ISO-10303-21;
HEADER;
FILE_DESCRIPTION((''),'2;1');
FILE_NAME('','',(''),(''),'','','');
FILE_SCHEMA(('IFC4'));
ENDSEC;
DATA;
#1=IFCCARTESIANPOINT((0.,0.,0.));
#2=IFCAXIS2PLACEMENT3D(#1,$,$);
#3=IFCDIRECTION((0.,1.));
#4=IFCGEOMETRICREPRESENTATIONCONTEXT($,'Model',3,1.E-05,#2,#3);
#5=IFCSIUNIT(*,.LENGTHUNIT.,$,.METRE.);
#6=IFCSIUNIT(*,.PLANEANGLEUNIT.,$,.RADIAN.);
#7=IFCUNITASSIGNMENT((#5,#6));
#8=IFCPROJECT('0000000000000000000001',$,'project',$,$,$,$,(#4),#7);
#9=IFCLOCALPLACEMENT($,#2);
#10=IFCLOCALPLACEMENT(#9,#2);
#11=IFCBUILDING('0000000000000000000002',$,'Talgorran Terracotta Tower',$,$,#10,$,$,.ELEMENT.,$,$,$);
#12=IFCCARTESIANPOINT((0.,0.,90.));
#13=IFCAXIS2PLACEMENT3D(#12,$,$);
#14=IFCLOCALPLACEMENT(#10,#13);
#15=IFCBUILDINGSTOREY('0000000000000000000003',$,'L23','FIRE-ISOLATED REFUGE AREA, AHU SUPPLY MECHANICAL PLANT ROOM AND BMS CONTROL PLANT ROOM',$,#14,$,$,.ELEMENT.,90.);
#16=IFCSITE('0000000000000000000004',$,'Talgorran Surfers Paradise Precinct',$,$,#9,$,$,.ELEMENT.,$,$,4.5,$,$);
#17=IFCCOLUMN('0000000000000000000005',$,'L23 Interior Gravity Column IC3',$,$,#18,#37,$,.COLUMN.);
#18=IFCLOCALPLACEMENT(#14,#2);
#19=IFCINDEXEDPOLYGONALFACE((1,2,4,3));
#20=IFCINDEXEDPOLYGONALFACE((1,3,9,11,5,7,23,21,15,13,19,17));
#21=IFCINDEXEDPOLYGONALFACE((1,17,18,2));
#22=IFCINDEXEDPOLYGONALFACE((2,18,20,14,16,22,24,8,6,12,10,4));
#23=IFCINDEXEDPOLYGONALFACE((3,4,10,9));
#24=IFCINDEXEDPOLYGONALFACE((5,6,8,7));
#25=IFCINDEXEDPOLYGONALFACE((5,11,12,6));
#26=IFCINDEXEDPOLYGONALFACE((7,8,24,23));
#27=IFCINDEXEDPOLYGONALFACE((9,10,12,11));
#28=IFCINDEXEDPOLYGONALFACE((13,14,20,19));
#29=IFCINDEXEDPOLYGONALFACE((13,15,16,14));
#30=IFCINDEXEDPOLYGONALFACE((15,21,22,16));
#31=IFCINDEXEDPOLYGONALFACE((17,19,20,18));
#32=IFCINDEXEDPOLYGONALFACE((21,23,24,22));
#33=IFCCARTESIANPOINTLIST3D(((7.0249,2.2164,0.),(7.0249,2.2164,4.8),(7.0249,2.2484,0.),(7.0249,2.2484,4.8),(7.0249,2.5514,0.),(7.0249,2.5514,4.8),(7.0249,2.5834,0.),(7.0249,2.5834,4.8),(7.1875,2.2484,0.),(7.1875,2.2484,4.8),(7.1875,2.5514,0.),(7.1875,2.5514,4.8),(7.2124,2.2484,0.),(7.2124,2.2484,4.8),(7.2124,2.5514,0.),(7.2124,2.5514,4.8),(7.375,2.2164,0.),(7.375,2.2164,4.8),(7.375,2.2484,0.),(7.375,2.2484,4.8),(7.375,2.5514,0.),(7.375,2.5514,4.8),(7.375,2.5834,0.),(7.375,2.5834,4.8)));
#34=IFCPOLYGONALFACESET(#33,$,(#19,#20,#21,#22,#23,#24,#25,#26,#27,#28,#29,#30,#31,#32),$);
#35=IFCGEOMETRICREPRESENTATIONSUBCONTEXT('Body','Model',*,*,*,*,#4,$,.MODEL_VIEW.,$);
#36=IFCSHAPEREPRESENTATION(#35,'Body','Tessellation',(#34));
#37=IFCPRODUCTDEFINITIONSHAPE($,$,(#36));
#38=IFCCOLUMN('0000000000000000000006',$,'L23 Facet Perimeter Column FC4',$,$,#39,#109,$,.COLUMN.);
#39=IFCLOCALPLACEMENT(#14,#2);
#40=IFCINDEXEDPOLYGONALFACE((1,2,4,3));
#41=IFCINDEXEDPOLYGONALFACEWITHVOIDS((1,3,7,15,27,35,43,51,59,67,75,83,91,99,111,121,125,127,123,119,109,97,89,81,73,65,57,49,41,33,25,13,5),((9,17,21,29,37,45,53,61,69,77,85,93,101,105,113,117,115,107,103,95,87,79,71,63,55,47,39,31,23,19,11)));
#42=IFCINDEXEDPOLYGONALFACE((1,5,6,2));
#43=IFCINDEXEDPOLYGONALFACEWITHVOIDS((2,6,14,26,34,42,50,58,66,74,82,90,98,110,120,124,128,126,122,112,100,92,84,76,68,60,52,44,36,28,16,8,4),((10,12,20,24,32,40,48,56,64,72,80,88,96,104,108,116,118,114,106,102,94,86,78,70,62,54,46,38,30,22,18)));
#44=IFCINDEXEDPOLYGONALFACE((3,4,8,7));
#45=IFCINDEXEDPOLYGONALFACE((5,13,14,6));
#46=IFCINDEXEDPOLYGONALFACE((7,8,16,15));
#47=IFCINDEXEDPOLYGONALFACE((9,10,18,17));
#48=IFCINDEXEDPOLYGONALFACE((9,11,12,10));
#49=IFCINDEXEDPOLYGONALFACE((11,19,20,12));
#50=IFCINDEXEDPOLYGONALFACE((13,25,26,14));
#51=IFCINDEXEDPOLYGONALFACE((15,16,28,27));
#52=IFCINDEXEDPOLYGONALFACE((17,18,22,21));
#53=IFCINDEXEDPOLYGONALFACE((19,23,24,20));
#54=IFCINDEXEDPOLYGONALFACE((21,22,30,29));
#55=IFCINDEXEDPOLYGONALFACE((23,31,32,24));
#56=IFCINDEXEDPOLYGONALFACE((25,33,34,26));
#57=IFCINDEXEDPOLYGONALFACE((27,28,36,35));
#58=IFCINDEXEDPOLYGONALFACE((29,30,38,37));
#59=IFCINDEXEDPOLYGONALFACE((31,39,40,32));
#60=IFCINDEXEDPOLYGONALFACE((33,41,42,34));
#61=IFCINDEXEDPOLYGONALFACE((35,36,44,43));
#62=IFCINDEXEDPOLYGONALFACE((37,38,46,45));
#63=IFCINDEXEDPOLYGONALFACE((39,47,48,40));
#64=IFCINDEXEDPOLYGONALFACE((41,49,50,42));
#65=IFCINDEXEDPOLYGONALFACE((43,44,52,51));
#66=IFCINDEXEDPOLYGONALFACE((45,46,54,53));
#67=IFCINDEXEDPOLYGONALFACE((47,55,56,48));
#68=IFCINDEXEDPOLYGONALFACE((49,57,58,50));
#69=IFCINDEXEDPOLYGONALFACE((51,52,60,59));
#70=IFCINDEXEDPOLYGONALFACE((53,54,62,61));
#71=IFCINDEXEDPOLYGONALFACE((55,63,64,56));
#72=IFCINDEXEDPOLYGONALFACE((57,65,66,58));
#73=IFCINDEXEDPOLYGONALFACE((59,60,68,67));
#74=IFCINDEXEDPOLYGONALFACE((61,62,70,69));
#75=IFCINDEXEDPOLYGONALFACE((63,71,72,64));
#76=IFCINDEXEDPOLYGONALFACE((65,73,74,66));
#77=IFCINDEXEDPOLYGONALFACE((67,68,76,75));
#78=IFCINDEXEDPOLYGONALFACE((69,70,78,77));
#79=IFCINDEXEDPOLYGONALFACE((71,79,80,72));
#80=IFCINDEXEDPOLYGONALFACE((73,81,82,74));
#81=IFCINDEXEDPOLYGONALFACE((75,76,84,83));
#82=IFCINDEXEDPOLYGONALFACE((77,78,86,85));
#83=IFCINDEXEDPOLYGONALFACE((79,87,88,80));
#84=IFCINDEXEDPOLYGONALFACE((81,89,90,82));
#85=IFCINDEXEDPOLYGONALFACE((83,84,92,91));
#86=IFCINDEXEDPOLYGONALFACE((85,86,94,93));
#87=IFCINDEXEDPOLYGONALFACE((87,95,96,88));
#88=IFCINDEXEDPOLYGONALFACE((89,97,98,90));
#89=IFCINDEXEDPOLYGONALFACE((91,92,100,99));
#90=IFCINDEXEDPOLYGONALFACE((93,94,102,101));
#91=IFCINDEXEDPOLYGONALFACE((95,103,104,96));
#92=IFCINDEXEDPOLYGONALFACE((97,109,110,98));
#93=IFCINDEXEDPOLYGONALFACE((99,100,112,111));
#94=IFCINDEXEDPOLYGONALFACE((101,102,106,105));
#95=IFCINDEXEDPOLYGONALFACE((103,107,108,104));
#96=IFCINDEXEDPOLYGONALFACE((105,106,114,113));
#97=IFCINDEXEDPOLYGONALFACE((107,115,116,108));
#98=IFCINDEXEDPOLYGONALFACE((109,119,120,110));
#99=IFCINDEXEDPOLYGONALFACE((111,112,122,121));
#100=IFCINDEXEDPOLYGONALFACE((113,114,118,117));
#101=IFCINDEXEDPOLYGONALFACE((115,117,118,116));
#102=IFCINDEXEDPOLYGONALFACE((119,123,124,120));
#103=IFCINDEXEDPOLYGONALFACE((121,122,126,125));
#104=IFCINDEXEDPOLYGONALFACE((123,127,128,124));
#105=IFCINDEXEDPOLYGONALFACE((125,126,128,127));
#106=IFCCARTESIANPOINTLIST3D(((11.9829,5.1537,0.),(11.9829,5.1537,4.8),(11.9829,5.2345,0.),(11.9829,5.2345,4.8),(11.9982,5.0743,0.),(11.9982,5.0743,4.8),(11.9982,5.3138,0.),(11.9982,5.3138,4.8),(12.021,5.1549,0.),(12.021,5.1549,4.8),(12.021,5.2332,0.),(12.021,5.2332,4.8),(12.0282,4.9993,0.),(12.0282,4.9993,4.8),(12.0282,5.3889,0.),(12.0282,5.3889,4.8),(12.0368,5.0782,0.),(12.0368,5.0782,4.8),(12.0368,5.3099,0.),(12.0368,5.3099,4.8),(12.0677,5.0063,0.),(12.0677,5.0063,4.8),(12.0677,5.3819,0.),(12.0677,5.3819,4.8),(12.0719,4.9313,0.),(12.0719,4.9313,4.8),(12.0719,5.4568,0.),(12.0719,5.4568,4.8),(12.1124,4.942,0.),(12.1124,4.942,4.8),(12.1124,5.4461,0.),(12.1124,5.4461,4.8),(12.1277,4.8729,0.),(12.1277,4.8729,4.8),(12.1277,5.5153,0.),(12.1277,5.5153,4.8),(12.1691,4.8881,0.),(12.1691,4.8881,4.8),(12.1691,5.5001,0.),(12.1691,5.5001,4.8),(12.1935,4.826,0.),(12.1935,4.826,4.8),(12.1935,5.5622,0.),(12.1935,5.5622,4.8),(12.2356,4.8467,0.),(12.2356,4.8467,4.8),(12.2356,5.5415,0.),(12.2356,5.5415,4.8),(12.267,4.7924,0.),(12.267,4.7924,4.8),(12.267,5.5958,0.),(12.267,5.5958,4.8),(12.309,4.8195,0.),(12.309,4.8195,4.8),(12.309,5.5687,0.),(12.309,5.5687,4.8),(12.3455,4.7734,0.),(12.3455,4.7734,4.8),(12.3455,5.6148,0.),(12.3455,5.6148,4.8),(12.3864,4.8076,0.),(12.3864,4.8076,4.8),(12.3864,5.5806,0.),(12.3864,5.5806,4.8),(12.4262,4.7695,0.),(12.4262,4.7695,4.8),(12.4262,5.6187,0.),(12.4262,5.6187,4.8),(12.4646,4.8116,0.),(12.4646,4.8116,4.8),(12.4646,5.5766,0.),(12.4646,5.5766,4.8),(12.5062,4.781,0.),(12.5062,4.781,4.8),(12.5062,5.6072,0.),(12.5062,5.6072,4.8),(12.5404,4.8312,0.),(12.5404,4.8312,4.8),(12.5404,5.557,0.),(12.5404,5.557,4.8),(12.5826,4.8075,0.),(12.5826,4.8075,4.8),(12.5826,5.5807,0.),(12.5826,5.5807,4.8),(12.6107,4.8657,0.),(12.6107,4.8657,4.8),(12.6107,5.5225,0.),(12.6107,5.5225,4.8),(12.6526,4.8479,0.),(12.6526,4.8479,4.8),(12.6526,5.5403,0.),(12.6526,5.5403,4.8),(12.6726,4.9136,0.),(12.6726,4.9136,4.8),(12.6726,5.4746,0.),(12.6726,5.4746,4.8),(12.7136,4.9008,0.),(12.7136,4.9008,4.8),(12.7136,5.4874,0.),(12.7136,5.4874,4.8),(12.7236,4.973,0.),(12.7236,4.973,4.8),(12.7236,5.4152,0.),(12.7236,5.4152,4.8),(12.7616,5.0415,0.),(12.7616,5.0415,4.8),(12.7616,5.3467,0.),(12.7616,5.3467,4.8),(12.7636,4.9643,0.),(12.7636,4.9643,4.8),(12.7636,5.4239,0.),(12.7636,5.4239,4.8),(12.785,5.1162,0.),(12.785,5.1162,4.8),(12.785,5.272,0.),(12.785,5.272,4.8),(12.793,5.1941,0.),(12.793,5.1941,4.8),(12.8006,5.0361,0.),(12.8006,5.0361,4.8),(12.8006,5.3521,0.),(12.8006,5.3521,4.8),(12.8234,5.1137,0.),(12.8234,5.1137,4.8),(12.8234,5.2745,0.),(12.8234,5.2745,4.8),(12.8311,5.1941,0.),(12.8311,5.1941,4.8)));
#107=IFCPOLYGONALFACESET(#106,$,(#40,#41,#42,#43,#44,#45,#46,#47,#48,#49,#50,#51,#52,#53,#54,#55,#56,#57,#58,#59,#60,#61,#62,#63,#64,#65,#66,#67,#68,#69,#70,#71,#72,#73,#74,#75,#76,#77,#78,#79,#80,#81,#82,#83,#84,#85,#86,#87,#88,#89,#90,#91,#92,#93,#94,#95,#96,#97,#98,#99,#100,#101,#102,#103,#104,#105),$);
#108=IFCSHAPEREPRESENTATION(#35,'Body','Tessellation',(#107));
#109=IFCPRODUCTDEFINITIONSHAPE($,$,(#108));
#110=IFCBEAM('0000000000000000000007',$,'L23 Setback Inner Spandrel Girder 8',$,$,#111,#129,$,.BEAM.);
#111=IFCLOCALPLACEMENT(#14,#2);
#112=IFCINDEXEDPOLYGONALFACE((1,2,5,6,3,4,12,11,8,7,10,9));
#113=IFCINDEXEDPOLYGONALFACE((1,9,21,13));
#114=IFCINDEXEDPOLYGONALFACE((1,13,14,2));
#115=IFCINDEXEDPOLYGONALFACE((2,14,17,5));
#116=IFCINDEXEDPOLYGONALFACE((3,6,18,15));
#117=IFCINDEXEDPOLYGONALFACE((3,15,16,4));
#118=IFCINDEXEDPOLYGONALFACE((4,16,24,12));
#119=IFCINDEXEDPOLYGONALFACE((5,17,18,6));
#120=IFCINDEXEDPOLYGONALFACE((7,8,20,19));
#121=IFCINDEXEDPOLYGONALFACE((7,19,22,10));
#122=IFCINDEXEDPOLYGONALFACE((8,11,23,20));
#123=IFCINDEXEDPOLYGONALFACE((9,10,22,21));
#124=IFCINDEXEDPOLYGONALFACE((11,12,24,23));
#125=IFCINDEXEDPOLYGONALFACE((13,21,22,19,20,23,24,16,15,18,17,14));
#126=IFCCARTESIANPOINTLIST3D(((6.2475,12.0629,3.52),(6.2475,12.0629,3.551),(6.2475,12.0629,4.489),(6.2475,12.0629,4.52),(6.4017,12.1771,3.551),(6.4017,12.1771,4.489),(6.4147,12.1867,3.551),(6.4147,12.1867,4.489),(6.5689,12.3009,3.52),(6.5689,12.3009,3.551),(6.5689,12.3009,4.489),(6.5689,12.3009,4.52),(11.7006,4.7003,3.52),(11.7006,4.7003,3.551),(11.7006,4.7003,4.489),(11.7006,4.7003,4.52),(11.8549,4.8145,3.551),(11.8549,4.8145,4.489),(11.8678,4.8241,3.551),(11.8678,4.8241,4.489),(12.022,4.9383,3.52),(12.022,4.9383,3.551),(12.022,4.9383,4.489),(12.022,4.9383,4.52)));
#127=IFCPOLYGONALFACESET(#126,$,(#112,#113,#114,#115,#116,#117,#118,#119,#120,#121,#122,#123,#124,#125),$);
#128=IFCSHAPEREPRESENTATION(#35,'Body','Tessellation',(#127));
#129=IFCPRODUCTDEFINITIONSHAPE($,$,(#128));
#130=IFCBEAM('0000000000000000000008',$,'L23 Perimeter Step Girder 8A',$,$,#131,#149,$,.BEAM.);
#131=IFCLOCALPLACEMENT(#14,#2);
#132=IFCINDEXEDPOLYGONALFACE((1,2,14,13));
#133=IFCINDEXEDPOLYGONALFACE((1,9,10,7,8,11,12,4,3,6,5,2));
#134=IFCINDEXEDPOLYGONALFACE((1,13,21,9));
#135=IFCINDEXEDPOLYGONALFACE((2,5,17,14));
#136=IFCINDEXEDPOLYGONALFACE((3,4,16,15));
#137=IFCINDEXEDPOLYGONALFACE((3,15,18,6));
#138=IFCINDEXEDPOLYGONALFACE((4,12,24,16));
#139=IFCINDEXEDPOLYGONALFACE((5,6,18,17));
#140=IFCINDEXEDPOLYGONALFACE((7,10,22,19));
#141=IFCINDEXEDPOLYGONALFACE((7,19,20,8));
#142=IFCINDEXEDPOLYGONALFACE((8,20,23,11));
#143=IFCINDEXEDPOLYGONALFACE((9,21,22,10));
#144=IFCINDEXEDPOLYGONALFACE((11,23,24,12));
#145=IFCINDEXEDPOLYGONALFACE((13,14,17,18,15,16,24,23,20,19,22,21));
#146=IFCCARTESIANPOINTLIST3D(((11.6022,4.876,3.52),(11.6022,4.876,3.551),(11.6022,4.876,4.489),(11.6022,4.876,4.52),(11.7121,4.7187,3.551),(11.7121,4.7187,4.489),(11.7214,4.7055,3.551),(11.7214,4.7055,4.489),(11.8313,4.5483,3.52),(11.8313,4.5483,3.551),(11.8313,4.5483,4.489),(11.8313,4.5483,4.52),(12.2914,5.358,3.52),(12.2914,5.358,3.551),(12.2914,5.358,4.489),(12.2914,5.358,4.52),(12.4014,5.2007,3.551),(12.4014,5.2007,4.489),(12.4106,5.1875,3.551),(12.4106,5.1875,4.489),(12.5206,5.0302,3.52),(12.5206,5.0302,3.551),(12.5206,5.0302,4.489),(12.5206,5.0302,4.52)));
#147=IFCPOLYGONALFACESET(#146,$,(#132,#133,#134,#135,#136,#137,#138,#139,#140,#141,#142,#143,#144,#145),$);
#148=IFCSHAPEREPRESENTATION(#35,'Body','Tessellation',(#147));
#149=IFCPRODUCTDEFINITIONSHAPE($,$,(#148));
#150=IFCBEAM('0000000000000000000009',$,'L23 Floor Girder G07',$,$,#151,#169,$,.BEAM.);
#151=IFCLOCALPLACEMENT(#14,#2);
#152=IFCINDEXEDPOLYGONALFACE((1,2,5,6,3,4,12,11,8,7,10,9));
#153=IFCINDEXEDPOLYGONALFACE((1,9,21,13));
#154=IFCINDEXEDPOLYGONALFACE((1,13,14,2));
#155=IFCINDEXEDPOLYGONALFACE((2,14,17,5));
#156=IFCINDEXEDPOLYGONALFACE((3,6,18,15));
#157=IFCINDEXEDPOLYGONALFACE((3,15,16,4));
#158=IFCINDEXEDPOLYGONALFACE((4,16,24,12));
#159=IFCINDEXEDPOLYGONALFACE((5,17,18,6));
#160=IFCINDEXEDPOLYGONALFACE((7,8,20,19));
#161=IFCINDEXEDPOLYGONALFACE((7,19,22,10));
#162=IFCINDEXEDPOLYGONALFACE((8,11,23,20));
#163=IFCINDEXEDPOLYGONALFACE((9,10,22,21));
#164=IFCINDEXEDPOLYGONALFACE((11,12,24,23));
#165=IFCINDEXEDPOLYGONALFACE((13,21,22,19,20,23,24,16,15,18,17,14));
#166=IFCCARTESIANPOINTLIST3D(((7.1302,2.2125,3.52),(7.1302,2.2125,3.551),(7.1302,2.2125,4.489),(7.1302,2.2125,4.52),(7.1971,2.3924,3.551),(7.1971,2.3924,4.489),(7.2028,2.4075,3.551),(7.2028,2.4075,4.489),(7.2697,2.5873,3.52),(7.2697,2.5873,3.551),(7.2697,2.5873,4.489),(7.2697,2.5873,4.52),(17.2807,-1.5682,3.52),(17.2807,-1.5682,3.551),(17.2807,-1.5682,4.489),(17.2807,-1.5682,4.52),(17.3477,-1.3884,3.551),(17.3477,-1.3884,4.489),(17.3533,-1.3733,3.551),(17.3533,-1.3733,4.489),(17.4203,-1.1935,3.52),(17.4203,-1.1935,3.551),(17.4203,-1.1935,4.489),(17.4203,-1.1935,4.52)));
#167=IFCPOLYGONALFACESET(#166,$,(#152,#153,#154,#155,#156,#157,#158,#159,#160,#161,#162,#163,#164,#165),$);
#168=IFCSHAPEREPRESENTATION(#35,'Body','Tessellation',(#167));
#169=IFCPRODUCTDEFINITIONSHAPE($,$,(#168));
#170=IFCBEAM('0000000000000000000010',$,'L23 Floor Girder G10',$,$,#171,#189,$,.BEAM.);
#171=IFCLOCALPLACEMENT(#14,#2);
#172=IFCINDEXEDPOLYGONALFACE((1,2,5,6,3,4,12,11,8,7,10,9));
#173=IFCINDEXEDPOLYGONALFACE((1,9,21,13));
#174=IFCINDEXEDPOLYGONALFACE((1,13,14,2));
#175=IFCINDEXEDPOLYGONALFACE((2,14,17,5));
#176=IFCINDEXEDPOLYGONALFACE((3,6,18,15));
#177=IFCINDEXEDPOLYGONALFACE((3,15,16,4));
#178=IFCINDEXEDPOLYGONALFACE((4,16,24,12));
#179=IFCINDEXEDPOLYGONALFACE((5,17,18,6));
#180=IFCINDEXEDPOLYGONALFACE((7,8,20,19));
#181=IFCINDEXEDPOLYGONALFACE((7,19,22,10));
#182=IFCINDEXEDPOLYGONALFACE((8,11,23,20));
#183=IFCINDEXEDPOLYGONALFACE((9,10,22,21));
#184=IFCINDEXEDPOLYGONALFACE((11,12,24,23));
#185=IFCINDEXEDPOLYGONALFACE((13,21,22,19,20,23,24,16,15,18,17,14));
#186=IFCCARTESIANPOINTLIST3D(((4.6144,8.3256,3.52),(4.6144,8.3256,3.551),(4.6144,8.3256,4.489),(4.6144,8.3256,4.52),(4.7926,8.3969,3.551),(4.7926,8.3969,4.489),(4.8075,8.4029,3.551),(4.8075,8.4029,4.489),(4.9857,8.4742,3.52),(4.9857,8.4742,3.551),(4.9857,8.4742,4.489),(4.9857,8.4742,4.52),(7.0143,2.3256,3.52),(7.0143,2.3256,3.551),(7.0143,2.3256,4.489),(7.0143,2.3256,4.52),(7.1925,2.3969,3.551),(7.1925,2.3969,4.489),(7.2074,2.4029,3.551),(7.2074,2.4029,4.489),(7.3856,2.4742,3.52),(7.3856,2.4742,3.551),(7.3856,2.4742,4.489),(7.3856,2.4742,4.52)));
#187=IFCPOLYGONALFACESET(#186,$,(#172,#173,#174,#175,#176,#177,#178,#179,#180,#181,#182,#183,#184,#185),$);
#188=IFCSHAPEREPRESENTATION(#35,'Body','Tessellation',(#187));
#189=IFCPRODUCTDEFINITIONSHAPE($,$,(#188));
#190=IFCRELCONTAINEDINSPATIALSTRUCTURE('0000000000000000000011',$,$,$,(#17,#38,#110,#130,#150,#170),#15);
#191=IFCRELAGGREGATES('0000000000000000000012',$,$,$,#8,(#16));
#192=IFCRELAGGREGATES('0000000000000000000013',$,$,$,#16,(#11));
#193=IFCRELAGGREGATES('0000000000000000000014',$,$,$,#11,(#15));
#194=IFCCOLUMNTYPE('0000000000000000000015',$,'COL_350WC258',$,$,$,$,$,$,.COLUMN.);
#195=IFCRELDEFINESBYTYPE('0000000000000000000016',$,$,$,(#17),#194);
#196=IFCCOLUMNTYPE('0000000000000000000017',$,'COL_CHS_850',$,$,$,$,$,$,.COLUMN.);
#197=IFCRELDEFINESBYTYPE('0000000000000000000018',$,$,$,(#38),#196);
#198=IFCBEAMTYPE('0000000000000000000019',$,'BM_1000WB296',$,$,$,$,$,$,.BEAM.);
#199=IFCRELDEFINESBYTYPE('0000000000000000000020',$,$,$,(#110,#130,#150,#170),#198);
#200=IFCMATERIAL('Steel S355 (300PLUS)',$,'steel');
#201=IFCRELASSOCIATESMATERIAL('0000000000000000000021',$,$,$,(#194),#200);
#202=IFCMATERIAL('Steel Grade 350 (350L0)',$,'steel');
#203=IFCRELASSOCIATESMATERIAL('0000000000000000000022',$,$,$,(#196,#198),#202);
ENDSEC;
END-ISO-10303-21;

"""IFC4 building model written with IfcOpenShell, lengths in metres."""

from ifc_helpers import new_model, si_unit, direction, frame, origin, origin_2d, place, context, subcontext, project, spatial, hollow_circle, i_section, extrude, material, material_profile, profile_set, type_object, element, save


model = new_model("IFC4")

# Units and contexts
model_context = context("Model", 3, precision=1e-05, world=origin(), true_north=direction((0.0, 1.0)))
body_context = subcontext(model_context, "Body", "Model", "MODEL_VIEW")
ifc_project = project(units=[si_unit("LENGTHUNIT", "METRE"), si_unit("PLANEANGLEUNIT", "RADIAN")], contexts=[model_context])

# Site, building, storey
site_placement = place(None, origin())
site = spatial("IfcSite", under=ifc_project, at=site_placement, Name="Talgorran Surfers Paradise Precinct", CompositionType="ELEMENT", RefElevation=4.5)
building_placement = place(site_placement, origin())
building = spatial("IfcBuilding", under=site, at=building_placement, Name="Talgorran Terracotta Tower", CompositionType="ELEMENT")
storey_placement = place(building_placement, frame((0.0, 0.0, 90.0)))
storey = spatial("IfcBuildingStorey", under=building, at=storey_placement, Name="L23", Description="FIRE-ISOLATED REFUGE AREA, AHU SUPPLY MECHANICAL PLANT ROOM AND BMS CONTROL PLANT ROOM", CompositionType="ELEMENT", Elevation=90.0)

# Columns
ifc_material_1 = material(Name="Steel S355 (300PLUS)", Category="steel")
ifc_material_profile_1 = material_profile(ifc_material_1, i_section(OverallWidth=0.3501, OverallDepth=0.3669, WebThickness=0.0249, FlangeThickness=0.032, at=origin_2d()), Name="350WC258")
ifc_profile_set_1 = profile_set([ifc_material_profile_1], Name="Steel S355 (300PLUS)")
column_type_1 = type_object("IfcColumnType", Name="COL_350WC258", PredefinedType="COLUMN", material=ifc_profile_set_1)
column_1_placement = place(storey_placement, frame((7.2, 2.3999, 0.0), z_axis=(0.0, 0.0, 1.0), x_axis=(1.0, 0.0, 0.0)))
element("IfcColumn", 1, at=column_1_placement, inside=storey, type_object=column_type_1, Name="L23 Interior Gravity Column IC3", PredefinedType="COLUMN", context=body_context, shape_type="SweptSolid", body=[
    extrude(i_section(OverallWidth=0.3501, OverallDepth=0.3669, WebThickness=0.0249, FlangeThickness=0.032, at=origin_2d()), origin(), (0.0, 0.0, 1.0), 4.8),
])
ifc_material_2 = material(Name="Steel Grade 350 (350L0)", Category="steel")
ifc_material_profile_2 = material_profile(ifc_material_2, hollow_circle(Radius=0.425, WallThickness=0.0381, at=origin_2d()), Name="CHS850X38")
ifc_profile_set_2 = profile_set([ifc_material_profile_2], Name="Steel Grade 350 (350L0)")
column_type_2 = type_object("IfcColumnType", Name="COL_CHS_850", PredefinedType="COLUMN", material=ifc_profile_set_2)
column_2_placement = place(storey_placement, frame((12.406, 5.1941, 0.0), z_axis=(0.0, 0.0, 1.0), x_axis=(1.0, 0.0, 0.0)))
element("IfcColumn", 2, at=column_2_placement, inside=storey, type_object=column_type_2, Name="L23 Facet Perimeter Column FC4", PredefinedType="COLUMN", context=body_context, shape_type="SweptSolid", body=[
    extrude(hollow_circle(Radius=0.425, WallThickness=0.0381, at=origin_2d()), origin(), (0.0, 0.0, 1.0), 4.8),
])

# Beams
ifc_material_profile_3 = material_profile(ifc_material_2, i_section(OverallWidth=0.3999, OverallDepth=1.0, WebThickness=0.0161, FlangeThickness=0.031, at=origin_2d()), Name="1000WB296")
ifc_profile_set_3 = profile_set([ifc_material_profile_3], Name="Steel Grade 350 (350L0)")
beam_type_1 = type_object("IfcBeamType", Name="BM_1000WB296", PredefinedType="BEAM", material=ifc_profile_set_3)
beam_1_placement = place(storey_placement, frame((11.8613, 4.8193, 4.02), z_axis=(-0.595184, 0.803589, 0.0), x_axis=(-0.803589, -0.595184, 0.0)))
element("IfcBeam", 3, at=beam_1_placement, inside=storey, type_object=beam_type_1, Name="L23 Setback Inner Spandrel Girder 8", PredefinedType="BEAM", context=body_context, shape_type="SweptSolid", body=[
    extrude(i_section(OverallWidth=0.3999, OverallDepth=1.0, WebThickness=0.0161, FlangeThickness=0.031, at=origin_2d()), origin(), (0.0, 0.0, 1.0), 9.1621),
])
beam_2_placement = place(storey_placement, frame((12.406, 5.1941, 4.02), z_axis=(-0.819518, -0.573053, 0.0), x_axis=(0.573053, -0.819518, 0.0)))
element("IfcBeam", 4, at=beam_2_placement, inside=storey, type_object=beam_type_1, Name="L23 Perimeter Step Girder 8A", PredefinedType="BEAM", context=body_context, shape_type="SweptSolid", body=[
    extrude(i_section(OverallWidth=0.3999, OverallDepth=1.0, WebThickness=0.0161, FlangeThickness=0.031, at=origin_2d()), origin(), (0.0, 0.0, 1.0), 0.8411),
])
beam_3_placement = place(storey_placement, frame((7.2, 2.3999, 4.02), z_axis=(0.937108, -0.34904, 0.0), x_axis=(0.34904, 0.937108, 0.0)))
element("IfcBeam", 5, at=beam_3_placement, inside=storey, type_object=beam_type_1, Name="L23 Floor Girder G07", PredefinedType="BEAM", context=body_context, shape_type="SweptSolid", body=[
    extrude(i_section(OverallWidth=0.3999, OverallDepth=1.0, WebThickness=0.0161, FlangeThickness=0.031, at=origin_2d()), origin(), (0.0, 0.0, 1.0), 10.8318),
])
beam_4_placement = place(storey_placement, frame((7.2, 2.3999, 4.02), z_axis=(-0.371378, 0.928482, 0.0), x_axis=(-0.928482, -0.371378, 0.0)))
element("IfcBeam", 6, at=beam_4_placement, inside=storey, type_object=beam_type_1, Name="L23 Floor Girder G10", PredefinedType="BEAM", context=body_context, shape_type="SweptSolid", body=[
    extrude(i_section(OverallWidth=0.3999, OverallDepth=1.0, WebThickness=0.0161, FlangeThickness=0.031, at=origin_2d()), origin(), (0.0, 0.0, 1.0), 6.4622),
])

save(model, "model.ifc")
